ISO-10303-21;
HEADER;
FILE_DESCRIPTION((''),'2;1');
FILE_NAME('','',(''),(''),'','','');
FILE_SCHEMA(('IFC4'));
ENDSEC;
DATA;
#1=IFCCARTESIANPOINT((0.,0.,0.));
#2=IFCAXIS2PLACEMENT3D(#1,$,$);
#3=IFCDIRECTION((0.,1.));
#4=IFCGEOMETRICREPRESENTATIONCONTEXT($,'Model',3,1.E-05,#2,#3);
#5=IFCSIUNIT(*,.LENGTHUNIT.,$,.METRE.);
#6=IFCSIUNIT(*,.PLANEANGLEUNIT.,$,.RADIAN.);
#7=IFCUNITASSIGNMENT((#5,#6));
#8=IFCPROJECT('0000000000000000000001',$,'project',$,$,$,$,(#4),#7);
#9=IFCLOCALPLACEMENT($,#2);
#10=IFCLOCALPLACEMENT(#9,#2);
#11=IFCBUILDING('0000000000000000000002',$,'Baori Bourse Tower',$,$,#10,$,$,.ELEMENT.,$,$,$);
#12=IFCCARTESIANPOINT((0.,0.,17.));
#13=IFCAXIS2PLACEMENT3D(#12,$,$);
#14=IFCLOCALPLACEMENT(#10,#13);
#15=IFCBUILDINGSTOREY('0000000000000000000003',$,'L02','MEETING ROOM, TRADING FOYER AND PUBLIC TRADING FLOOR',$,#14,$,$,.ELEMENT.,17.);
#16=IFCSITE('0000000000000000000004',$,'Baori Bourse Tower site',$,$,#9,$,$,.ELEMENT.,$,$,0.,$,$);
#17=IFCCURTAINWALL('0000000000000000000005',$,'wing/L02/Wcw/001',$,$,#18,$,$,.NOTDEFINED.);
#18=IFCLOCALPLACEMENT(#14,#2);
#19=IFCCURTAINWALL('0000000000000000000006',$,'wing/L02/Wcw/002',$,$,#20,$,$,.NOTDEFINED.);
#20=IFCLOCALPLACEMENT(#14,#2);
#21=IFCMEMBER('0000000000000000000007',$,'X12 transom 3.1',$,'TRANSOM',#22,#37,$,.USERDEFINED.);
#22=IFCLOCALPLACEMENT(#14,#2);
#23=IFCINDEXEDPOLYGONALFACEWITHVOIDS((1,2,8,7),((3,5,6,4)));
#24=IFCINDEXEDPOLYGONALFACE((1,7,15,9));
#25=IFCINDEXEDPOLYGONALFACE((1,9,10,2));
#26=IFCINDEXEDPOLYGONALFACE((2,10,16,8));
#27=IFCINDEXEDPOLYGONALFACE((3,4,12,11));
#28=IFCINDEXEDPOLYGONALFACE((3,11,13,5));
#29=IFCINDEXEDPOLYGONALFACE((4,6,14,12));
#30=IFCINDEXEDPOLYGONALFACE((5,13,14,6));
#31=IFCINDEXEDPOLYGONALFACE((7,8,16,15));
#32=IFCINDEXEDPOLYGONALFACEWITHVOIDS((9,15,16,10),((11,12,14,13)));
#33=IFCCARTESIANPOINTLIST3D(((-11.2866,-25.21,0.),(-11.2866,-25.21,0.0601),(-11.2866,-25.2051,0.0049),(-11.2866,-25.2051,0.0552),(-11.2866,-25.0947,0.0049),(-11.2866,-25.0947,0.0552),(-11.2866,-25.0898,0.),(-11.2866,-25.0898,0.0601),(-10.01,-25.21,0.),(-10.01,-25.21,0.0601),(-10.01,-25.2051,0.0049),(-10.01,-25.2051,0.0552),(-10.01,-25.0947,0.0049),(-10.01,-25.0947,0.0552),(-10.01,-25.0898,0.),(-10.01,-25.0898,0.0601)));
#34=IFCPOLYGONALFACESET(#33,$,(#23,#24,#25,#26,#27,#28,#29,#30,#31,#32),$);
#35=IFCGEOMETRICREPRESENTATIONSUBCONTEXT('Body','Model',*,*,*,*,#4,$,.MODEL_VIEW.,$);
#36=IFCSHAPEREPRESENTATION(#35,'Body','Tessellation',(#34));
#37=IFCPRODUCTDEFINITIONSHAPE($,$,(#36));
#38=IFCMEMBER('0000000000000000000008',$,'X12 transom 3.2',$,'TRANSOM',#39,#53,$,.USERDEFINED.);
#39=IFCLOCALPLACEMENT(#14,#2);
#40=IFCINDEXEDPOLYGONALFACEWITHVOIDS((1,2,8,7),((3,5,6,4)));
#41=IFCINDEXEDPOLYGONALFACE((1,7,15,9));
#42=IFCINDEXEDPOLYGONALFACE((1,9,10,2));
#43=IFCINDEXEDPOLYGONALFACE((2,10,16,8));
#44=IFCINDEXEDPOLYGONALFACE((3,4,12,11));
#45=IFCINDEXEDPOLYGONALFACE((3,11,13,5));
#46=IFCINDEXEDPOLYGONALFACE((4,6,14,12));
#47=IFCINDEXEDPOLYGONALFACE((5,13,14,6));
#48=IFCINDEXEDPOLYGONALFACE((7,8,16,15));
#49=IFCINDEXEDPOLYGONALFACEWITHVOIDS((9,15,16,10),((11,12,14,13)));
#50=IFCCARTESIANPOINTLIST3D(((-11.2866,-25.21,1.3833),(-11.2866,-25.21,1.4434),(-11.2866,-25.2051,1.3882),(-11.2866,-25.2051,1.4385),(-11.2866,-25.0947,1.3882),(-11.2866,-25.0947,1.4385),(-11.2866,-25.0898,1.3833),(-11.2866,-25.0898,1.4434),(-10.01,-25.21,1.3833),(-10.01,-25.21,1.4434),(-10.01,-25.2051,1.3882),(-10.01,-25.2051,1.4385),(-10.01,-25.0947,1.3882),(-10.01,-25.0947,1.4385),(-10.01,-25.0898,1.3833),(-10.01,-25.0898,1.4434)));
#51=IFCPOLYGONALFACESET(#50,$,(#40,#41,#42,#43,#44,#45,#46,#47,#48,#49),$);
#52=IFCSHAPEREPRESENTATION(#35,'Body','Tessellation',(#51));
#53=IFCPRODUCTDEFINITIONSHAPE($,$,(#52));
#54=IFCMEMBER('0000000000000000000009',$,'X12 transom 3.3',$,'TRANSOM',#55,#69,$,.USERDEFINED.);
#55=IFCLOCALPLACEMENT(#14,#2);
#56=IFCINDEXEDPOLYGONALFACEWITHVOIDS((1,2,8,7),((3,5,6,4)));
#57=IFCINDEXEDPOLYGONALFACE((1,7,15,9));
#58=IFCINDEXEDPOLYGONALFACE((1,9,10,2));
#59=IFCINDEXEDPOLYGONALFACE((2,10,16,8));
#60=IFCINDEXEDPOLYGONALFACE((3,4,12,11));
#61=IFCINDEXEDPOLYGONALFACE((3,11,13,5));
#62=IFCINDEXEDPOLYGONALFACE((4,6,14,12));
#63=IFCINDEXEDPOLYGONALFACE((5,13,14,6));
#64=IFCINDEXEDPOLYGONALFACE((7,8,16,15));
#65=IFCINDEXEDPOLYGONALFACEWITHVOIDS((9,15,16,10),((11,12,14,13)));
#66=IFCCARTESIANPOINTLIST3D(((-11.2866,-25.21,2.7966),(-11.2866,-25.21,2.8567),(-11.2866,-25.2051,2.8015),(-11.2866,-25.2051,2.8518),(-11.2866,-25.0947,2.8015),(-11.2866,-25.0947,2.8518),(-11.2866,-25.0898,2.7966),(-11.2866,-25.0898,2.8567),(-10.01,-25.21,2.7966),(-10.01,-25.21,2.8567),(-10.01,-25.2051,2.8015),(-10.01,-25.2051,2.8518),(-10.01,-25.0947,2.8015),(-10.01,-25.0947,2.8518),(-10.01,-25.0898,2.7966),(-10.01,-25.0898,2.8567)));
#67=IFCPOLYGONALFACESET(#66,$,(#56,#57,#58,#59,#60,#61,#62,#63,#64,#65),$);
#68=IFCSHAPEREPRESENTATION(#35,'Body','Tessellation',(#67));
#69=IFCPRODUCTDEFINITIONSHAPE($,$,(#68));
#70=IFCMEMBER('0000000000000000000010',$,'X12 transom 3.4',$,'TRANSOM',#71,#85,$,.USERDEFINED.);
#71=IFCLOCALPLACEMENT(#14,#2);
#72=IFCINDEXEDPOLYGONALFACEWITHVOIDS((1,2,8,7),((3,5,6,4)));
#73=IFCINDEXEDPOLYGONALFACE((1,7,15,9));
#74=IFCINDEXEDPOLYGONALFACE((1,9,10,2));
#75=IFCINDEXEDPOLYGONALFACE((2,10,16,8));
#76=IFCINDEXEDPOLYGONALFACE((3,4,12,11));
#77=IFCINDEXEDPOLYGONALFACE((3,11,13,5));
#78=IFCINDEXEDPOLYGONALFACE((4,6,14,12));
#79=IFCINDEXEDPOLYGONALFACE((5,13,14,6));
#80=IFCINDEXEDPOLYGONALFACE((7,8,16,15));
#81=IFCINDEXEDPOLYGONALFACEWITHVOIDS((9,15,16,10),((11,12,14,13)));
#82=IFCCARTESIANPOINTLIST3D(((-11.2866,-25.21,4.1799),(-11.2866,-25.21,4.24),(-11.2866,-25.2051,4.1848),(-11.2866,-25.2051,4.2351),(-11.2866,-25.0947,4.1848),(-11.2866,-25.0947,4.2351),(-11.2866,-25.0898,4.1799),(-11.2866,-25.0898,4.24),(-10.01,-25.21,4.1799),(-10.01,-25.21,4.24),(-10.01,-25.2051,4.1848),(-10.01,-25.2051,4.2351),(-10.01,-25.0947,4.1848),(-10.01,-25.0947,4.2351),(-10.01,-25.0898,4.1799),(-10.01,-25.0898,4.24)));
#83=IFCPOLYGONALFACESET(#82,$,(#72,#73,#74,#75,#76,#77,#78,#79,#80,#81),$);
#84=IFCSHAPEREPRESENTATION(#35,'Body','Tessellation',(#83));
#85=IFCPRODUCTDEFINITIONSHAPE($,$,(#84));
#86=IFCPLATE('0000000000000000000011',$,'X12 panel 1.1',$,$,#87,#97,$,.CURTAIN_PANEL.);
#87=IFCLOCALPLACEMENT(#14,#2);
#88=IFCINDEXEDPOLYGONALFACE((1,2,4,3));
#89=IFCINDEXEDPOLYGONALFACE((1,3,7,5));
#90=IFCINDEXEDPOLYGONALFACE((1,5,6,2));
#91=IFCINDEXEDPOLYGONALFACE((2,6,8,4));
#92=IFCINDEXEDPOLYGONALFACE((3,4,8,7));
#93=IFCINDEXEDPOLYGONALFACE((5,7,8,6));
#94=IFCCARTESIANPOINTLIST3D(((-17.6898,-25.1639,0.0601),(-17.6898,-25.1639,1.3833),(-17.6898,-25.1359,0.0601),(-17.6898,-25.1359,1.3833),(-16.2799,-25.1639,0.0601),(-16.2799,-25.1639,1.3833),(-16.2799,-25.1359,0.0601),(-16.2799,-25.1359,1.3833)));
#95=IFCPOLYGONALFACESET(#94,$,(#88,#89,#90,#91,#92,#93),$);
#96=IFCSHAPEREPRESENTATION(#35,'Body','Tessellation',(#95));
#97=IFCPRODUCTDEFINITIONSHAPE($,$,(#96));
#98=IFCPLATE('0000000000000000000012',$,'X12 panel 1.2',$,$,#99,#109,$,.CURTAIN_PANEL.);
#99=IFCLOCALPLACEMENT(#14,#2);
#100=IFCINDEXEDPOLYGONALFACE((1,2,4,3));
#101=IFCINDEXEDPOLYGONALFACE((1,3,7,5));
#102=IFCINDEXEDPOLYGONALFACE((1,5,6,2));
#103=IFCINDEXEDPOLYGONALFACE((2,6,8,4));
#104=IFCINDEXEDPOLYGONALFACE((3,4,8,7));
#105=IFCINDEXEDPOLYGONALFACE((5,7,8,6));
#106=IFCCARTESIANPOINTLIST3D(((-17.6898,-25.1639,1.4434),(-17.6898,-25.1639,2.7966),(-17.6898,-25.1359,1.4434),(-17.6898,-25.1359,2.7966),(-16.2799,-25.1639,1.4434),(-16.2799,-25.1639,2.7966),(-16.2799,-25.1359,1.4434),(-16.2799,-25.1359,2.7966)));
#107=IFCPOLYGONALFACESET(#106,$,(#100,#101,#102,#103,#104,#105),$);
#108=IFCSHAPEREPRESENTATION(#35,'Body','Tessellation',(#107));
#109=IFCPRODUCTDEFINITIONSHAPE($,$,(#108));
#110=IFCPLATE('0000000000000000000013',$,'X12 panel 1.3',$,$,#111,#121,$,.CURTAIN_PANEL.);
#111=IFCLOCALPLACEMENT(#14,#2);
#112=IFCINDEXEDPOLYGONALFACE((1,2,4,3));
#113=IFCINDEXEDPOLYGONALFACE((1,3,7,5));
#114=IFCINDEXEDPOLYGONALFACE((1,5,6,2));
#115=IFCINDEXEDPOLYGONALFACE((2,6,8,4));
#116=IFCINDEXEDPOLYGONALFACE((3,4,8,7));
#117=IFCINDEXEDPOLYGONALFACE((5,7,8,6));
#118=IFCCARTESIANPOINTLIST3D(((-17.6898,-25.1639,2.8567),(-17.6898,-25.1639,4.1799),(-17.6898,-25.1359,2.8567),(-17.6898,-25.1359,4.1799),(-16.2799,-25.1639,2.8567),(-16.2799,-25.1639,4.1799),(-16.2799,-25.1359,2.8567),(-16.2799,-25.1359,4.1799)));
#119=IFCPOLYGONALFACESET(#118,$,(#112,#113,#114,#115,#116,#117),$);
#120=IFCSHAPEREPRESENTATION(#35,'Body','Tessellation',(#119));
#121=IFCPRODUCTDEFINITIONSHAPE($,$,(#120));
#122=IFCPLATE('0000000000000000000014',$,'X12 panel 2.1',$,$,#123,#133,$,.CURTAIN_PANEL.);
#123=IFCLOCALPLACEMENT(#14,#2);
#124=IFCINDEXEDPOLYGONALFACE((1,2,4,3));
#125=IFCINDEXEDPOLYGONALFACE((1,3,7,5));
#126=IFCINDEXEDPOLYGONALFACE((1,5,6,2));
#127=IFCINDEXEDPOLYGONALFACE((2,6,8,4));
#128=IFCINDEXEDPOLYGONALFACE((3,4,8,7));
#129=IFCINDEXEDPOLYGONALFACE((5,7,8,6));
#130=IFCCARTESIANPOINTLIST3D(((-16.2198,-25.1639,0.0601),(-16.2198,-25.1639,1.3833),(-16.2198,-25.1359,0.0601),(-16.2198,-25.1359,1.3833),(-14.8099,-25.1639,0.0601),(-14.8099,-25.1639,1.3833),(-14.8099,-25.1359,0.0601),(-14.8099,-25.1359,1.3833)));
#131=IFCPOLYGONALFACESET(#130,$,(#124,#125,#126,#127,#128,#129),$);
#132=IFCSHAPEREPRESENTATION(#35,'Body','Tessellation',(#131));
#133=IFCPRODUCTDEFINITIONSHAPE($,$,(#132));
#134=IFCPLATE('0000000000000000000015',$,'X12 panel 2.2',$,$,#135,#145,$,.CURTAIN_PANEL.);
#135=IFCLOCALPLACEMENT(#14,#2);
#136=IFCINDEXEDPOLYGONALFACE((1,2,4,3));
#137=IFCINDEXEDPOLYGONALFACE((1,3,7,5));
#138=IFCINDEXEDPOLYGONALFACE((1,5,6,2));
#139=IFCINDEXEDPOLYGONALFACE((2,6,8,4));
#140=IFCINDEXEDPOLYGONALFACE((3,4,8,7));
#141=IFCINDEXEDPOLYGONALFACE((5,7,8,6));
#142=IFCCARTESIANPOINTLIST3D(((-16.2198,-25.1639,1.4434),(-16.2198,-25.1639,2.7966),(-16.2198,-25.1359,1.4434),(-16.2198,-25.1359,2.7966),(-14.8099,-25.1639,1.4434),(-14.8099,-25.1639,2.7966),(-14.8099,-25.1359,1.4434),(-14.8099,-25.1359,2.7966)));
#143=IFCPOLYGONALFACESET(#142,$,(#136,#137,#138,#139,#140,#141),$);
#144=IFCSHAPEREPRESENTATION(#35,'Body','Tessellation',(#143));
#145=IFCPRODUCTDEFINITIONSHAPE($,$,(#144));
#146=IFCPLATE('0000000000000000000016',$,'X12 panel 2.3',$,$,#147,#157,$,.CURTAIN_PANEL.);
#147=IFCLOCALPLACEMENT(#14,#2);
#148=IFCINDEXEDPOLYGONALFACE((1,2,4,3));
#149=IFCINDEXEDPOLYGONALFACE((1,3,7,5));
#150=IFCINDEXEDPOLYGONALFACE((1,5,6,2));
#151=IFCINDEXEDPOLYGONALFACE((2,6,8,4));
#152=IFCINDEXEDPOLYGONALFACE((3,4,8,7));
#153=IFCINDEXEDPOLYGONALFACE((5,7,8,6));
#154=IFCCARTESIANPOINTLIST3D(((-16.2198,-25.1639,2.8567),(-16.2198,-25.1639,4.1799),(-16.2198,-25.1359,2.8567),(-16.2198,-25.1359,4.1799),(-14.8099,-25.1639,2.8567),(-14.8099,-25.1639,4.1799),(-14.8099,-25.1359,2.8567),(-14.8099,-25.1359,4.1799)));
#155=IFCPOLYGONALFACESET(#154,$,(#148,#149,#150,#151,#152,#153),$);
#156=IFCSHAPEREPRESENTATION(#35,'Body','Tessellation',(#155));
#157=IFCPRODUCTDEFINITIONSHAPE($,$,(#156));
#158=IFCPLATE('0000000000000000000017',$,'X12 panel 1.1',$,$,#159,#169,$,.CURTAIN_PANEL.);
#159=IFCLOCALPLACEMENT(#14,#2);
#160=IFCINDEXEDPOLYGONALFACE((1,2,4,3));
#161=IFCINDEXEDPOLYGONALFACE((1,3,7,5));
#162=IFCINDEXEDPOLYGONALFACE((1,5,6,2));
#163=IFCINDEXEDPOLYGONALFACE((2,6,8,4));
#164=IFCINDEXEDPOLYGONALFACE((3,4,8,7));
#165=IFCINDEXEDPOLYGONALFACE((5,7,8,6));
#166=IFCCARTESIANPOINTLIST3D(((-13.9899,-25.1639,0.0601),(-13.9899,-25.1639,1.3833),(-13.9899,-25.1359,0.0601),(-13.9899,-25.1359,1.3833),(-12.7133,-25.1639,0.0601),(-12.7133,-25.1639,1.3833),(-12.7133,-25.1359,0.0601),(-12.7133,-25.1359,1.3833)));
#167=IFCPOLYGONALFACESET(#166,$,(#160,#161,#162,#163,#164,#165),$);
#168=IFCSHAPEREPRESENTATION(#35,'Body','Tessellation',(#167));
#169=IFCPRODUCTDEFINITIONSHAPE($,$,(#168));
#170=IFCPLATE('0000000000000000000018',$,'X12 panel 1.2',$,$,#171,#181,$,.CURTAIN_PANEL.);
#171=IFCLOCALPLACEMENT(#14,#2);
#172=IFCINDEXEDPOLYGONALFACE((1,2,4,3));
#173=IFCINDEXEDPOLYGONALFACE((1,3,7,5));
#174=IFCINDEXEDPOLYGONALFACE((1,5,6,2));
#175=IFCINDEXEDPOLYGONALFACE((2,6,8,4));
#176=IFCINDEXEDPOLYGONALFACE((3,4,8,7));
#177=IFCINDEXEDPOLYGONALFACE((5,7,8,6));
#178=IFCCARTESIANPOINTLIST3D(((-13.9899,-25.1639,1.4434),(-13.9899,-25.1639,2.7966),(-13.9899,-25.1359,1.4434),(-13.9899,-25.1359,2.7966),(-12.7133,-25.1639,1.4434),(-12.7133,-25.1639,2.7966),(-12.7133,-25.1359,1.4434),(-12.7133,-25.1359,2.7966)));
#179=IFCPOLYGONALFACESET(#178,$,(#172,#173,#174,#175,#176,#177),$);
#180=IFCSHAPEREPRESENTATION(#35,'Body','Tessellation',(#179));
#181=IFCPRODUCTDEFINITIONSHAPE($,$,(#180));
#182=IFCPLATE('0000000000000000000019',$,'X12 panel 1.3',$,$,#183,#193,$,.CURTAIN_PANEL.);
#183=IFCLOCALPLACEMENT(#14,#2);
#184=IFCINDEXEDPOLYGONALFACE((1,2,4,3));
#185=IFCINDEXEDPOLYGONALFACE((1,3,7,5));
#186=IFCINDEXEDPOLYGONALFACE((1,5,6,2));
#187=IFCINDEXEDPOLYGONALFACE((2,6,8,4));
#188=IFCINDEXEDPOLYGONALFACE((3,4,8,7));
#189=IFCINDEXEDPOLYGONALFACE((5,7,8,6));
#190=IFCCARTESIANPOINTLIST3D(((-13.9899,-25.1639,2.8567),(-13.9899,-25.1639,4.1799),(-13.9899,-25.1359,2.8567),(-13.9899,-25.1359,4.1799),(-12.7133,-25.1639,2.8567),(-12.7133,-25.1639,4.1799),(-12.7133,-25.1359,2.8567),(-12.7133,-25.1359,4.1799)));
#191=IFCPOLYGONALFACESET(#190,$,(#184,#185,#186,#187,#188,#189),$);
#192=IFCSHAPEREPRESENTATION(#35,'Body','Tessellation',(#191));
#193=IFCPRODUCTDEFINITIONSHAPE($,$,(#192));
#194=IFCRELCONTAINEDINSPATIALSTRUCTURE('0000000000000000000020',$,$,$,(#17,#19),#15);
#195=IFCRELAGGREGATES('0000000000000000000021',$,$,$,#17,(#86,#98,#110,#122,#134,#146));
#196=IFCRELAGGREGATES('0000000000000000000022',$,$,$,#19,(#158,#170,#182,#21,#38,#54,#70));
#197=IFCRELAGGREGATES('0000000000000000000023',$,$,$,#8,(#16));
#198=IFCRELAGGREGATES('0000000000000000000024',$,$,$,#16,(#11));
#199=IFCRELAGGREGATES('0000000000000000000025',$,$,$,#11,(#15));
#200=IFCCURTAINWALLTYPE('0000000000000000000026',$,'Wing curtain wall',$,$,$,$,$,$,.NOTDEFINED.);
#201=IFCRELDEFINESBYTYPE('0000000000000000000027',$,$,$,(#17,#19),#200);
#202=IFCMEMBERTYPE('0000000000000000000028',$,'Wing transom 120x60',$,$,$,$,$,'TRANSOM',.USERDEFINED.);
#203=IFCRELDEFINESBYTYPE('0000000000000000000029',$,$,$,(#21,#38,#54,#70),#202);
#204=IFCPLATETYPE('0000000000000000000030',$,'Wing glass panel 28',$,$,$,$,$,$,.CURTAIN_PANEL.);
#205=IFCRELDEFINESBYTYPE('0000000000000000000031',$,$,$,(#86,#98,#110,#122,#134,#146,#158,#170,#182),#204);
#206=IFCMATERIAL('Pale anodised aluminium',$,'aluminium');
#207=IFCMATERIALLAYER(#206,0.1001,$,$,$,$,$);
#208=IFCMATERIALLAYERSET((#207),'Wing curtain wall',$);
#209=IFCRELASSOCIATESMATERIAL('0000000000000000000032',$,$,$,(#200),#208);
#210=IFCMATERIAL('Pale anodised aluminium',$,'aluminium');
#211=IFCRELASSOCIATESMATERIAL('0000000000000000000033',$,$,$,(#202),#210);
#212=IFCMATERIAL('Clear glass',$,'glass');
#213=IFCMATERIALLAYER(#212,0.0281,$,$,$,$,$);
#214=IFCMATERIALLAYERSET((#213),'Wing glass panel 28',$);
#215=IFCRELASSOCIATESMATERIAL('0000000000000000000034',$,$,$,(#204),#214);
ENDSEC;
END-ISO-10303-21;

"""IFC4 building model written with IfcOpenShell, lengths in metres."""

from ifc_helpers import new_model, si_unit, direction, frame, origin, origin_2d, place, context, subcontext, project, spatial, rectangle, hollow_rectangle, extrude, material, layer, layer_set, material_profile, profile_set, type_object, element, aggregate, save


model = new_model("IFC4")

# Units and contexts
model_context = context("Model", 3, precision=1e-05, world=origin(), true_north=direction((0.0, 1.0)))
body_context = subcontext(model_context, "Body", "Model", "MODEL_VIEW")
ifc_project = project(units=[si_unit("LENGTHUNIT", "METRE"), si_unit("PLANEANGLEUNIT", "RADIAN")], contexts=[model_context])

# Site, building, storey
site_placement = place(None, origin())
site = spatial("IfcSite", under=ifc_project, at=site_placement, Name="Baori Bourse Tower site", CompositionType="ELEMENT", RefElevation=0.0)
building_placement = place(site_placement, origin())
building = spatial("IfcBuilding", under=site, at=building_placement, Name="Baori Bourse Tower", CompositionType="ELEMENT")
storey_placement = place(building_placement, frame((0.0, 0.0, 17.0)))
storey = spatial("IfcBuildingStorey", under=building, at=storey_placement, Name="L02", Description="MEETING ROOM, TRADING FOYER AND PUBLIC TRADING FLOOR", CompositionType="ELEMENT", Elevation=17.0)

# Curtain walls
ifc_material_1 = material(Name="Pale anodised aluminium", Category="aluminium")
ifc_layer_1 = layer(ifc_material_1, 0.1001)
ifc_layer_set_1 = layer_set([ifc_layer_1], Name="Wing curtain wall")
curtain_wall_type = type_object("IfcCurtainWallType", Name="Wing curtain wall", PredefinedType="NOTDEFINED", material=ifc_layer_set_1)
curtain_wall_1_placement = place(storey_placement, origin())
curtain_wall_1 = element("IfcCurtainWall", 1, at=curtain_wall_1_placement, inside=storey, type_object=curtain_wall_type, Name="wing/L02/Wcw/001", PredefinedType="NOTDEFINED")
curtain_wall_2_placement = place(storey_placement, origin())
curtain_wall_2 = element("IfcCurtainWall", 2, at=curtain_wall_2_placement, inside=storey, type_object=curtain_wall_type, Name="wing/L02/Wcw/002", PredefinedType="NOTDEFINED")

# Members
ifc_material_2 = material(Name="Pale anodised aluminium", Category="aluminium")
ifc_material_profile_1 = material_profile(ifc_material_2, hollow_rectangle(XDim=0.1201, YDim=0.0601, WallThickness=0.0049, at=origin_2d()), Name="Transom 120x60x5")
ifc_profile_set_1 = profile_set([ifc_material_profile_1], Name="Pale anodised aluminium")
member_type_1 = type_object("IfcMemberType", Name="Wing transom 120x60", ElementType="TRANSOM", PredefinedType="USERDEFINED", material=ifc_profile_set_1)
member_1_placement = place(storey_placement, frame((-11.2866, -25.1499, 0.03), z_axis=(1.0, 0.0, 0.0), x_axis=(0.0, 1.0, 0.0)))
member_1 = element("IfcMember", 3, at=member_1_placement, type_object=member_type_1, Name="X12 transom 3.1", ObjectType="TRANSOM", PredefinedType="USERDEFINED", context=body_context, shape_type="SweptSolid", body=[
    extrude(hollow_rectangle(XDim=0.1201, YDim=0.0601, WallThickness=0.0049, at=origin_2d()), origin(), (0.0, 0.0, 1.0), 1.2766),
])
member_2_placement = place(storey_placement, frame((-11.2866, -25.1499, 1.4133), z_axis=(1.0, 0.0, 0.0), x_axis=(0.0, 1.0, 0.0)))
member_2 = element("IfcMember", 4, at=member_2_placement, type_object=member_type_1, Name="X12 transom 3.2", ObjectType="TRANSOM", PredefinedType="USERDEFINED", context=body_context, shape_type="SweptSolid", body=[
    extrude(hollow_rectangle(XDim=0.1201, YDim=0.0601, WallThickness=0.0049, at=origin_2d()), origin(), (0.0, 0.0, 1.0), 1.2766),
])
member_3_placement = place(storey_placement, frame((-11.2866, -25.1499, 2.8267), z_axis=(1.0, 0.0, 0.0), x_axis=(0.0, 1.0, 0.0)))
member_3 = element("IfcMember", 5, at=member_3_placement, type_object=member_type_1, Name="X12 transom 3.3", ObjectType="TRANSOM", PredefinedType="USERDEFINED", context=body_context, shape_type="SweptSolid", body=[
    extrude(hollow_rectangle(XDim=0.1201, YDim=0.0601, WallThickness=0.0049, at=origin_2d()), origin(), (0.0, 0.0, 1.0), 1.2766),
])
member_4_placement = place(storey_placement, frame((-11.2866, -25.1499, 4.21), z_axis=(1.0, 0.0, 0.0), x_axis=(0.0, 1.0, 0.0)))
member_4 = element("IfcMember", 6, at=member_4_placement, type_object=member_type_1, Name="X12 transom 3.4", ObjectType="TRANSOM", PredefinedType="USERDEFINED", context=body_context, shape_type="SweptSolid", body=[
    extrude(hollow_rectangle(XDim=0.1201, YDim=0.0601, WallThickness=0.0049, at=origin_2d()), origin(), (0.0, 0.0, 1.0), 1.2766),
])

# Plates
ifc_material_3 = material(Name="Clear glass", Category="glass")
ifc_layer_2 = layer(ifc_material_3, 0.0281)
ifc_layer_set_2 = layer_set([ifc_layer_2], Name="Wing glass panel 28")
plate_type = type_object("IfcPlateType", Name="Wing glass panel 28", PredefinedType="CURTAIN_PANEL", material=ifc_layer_set_2)
plate_1_placement = place(storey_placement, frame((-16.9849, -25.1499, 0.0601), z_axis=(0.0, 0.0, 1.0), x_axis=(1.0, 0.0, 0.0)))
plate_1 = element("IfcPlate", 7, at=plate_1_placement, type_object=plate_type, Name="X12 panel 1.1", PredefinedType="CURTAIN_PANEL", context=body_context, shape_type="SweptSolid", body=[
    extrude(rectangle(XDim=1.4099, YDim=0.0281, at=origin_2d()), origin(), (0.0, 0.0, 1.0), 1.3232),
])
plate_2_placement = place(storey_placement, frame((-16.9849, -25.1499, 1.4434), z_axis=(0.0, 0.0, 1.0), x_axis=(1.0, 0.0, 0.0)))
plate_2 = element("IfcPlate", 8, at=plate_2_placement, type_object=plate_type, Name="X12 panel 1.2", PredefinedType="CURTAIN_PANEL", context=body_context, shape_type="SweptSolid", body=[
    extrude(rectangle(XDim=1.4099, YDim=0.0281, at=origin_2d()), origin(), (0.0, 0.0, 1.0), 1.3533),
])
plate_3_placement = place(storey_placement, frame((-16.9849, -25.1499, 2.8567), z_axis=(0.0, 0.0, 1.0), x_axis=(1.0, 0.0, 0.0)))
plate_3 = element("IfcPlate", 9, at=plate_3_placement, type_object=plate_type, Name="X12 panel 1.3", PredefinedType="CURTAIN_PANEL", context=body_context, shape_type="SweptSolid", body=[
    extrude(rectangle(XDim=1.4099, YDim=0.0281, at=origin_2d()), origin(), (0.0, 0.0, 1.0), 1.3232),
])
plate_4_placement = place(storey_placement, frame((-15.5149, -25.1499, 0.0601), z_axis=(0.0, 0.0, 1.0), x_axis=(1.0, 0.0, 0.0)))
plate_4 = element("IfcPlate", 10, at=plate_4_placement, type_object=plate_type, Name="X12 panel 2.1", PredefinedType="CURTAIN_PANEL", context=body_context, shape_type="SweptSolid", body=[
    extrude(rectangle(XDim=1.4099, YDim=0.0281, at=origin_2d()), origin(), (0.0, 0.0, 1.0), 1.3232),
])
plate_5_placement = place(storey_placement, frame((-15.5149, -25.1499, 1.4434), z_axis=(0.0, 0.0, 1.0), x_axis=(1.0, 0.0, 0.0)))
plate_5 = element("IfcPlate", 11, at=plate_5_placement, type_object=plate_type, Name="X12 panel 2.2", PredefinedType="CURTAIN_PANEL", context=body_context, shape_type="SweptSolid", body=[
    extrude(rectangle(XDim=1.4099, YDim=0.0281, at=origin_2d()), origin(), (0.0, 0.0, 1.0), 1.3533),
])
plate_6_placement = place(storey_placement, frame((-15.5149, -25.1499, 2.8567), z_axis=(0.0, 0.0, 1.0), x_axis=(1.0, 0.0, 0.0)))
plate_6 = element("IfcPlate", 12, at=plate_6_placement, type_object=plate_type, Name="X12 panel 2.3", PredefinedType="CURTAIN_PANEL", context=body_context, shape_type="SweptSolid", body=[
    extrude(rectangle(XDim=1.4099, YDim=0.0281, at=origin_2d()), origin(), (0.0, 0.0, 1.0), 1.3232),
])
aggregate(curtain_wall_1, [plate_1, plate_2, plate_3, plate_4, plate_5, plate_6])
plate_7_placement = place(storey_placement, frame((-13.3516, -25.1499, 0.0601), z_axis=(0.0, 0.0, 1.0), x_axis=(1.0, 0.0, 0.0)))
plate_7 = element("IfcPlate", 13, at=plate_7_placement, type_object=plate_type, Name="X12 panel 1.1", PredefinedType="CURTAIN_PANEL", context=body_context, shape_type="SweptSolid", body=[
    extrude(rectangle(XDim=1.2766, YDim=0.0281, at=origin_2d()), origin(), (0.0, 0.0, 1.0), 1.3232),
])
plate_8_placement = place(storey_placement, frame((-13.3516, -25.1499, 1.4434), z_axis=(0.0, 0.0, 1.0), x_axis=(1.0, 0.0, 0.0)))
plate_8 = element("IfcPlate", 14, at=plate_8_placement, type_object=plate_type, Name="X12 panel 1.2", PredefinedType="CURTAIN_PANEL", context=body_context, shape_type="SweptSolid", body=[
    extrude(rectangle(XDim=1.2766, YDim=0.0281, at=origin_2d()), origin(), (0.0, 0.0, 1.0), 1.3533),
])
plate_9_placement = place(storey_placement, frame((-13.3516, -25.1499, 2.8567), z_axis=(0.0, 0.0, 1.0), x_axis=(1.0, 0.0, 0.0)))
plate_9 = element("IfcPlate", 15, at=plate_9_placement, type_object=plate_type, Name="X12 panel 1.3", PredefinedType="CURTAIN_PANEL", context=body_context, shape_type="SweptSolid", body=[
    extrude(rectangle(XDim=1.2766, YDim=0.0281, at=origin_2d()), origin(), (0.0, 0.0, 1.0), 1.3232),
])
aggregate(curtain_wall_2, [plate_7, plate_8, plate_9, member_1, member_2, member_3, member_4])

save(model, "model.ifc")
